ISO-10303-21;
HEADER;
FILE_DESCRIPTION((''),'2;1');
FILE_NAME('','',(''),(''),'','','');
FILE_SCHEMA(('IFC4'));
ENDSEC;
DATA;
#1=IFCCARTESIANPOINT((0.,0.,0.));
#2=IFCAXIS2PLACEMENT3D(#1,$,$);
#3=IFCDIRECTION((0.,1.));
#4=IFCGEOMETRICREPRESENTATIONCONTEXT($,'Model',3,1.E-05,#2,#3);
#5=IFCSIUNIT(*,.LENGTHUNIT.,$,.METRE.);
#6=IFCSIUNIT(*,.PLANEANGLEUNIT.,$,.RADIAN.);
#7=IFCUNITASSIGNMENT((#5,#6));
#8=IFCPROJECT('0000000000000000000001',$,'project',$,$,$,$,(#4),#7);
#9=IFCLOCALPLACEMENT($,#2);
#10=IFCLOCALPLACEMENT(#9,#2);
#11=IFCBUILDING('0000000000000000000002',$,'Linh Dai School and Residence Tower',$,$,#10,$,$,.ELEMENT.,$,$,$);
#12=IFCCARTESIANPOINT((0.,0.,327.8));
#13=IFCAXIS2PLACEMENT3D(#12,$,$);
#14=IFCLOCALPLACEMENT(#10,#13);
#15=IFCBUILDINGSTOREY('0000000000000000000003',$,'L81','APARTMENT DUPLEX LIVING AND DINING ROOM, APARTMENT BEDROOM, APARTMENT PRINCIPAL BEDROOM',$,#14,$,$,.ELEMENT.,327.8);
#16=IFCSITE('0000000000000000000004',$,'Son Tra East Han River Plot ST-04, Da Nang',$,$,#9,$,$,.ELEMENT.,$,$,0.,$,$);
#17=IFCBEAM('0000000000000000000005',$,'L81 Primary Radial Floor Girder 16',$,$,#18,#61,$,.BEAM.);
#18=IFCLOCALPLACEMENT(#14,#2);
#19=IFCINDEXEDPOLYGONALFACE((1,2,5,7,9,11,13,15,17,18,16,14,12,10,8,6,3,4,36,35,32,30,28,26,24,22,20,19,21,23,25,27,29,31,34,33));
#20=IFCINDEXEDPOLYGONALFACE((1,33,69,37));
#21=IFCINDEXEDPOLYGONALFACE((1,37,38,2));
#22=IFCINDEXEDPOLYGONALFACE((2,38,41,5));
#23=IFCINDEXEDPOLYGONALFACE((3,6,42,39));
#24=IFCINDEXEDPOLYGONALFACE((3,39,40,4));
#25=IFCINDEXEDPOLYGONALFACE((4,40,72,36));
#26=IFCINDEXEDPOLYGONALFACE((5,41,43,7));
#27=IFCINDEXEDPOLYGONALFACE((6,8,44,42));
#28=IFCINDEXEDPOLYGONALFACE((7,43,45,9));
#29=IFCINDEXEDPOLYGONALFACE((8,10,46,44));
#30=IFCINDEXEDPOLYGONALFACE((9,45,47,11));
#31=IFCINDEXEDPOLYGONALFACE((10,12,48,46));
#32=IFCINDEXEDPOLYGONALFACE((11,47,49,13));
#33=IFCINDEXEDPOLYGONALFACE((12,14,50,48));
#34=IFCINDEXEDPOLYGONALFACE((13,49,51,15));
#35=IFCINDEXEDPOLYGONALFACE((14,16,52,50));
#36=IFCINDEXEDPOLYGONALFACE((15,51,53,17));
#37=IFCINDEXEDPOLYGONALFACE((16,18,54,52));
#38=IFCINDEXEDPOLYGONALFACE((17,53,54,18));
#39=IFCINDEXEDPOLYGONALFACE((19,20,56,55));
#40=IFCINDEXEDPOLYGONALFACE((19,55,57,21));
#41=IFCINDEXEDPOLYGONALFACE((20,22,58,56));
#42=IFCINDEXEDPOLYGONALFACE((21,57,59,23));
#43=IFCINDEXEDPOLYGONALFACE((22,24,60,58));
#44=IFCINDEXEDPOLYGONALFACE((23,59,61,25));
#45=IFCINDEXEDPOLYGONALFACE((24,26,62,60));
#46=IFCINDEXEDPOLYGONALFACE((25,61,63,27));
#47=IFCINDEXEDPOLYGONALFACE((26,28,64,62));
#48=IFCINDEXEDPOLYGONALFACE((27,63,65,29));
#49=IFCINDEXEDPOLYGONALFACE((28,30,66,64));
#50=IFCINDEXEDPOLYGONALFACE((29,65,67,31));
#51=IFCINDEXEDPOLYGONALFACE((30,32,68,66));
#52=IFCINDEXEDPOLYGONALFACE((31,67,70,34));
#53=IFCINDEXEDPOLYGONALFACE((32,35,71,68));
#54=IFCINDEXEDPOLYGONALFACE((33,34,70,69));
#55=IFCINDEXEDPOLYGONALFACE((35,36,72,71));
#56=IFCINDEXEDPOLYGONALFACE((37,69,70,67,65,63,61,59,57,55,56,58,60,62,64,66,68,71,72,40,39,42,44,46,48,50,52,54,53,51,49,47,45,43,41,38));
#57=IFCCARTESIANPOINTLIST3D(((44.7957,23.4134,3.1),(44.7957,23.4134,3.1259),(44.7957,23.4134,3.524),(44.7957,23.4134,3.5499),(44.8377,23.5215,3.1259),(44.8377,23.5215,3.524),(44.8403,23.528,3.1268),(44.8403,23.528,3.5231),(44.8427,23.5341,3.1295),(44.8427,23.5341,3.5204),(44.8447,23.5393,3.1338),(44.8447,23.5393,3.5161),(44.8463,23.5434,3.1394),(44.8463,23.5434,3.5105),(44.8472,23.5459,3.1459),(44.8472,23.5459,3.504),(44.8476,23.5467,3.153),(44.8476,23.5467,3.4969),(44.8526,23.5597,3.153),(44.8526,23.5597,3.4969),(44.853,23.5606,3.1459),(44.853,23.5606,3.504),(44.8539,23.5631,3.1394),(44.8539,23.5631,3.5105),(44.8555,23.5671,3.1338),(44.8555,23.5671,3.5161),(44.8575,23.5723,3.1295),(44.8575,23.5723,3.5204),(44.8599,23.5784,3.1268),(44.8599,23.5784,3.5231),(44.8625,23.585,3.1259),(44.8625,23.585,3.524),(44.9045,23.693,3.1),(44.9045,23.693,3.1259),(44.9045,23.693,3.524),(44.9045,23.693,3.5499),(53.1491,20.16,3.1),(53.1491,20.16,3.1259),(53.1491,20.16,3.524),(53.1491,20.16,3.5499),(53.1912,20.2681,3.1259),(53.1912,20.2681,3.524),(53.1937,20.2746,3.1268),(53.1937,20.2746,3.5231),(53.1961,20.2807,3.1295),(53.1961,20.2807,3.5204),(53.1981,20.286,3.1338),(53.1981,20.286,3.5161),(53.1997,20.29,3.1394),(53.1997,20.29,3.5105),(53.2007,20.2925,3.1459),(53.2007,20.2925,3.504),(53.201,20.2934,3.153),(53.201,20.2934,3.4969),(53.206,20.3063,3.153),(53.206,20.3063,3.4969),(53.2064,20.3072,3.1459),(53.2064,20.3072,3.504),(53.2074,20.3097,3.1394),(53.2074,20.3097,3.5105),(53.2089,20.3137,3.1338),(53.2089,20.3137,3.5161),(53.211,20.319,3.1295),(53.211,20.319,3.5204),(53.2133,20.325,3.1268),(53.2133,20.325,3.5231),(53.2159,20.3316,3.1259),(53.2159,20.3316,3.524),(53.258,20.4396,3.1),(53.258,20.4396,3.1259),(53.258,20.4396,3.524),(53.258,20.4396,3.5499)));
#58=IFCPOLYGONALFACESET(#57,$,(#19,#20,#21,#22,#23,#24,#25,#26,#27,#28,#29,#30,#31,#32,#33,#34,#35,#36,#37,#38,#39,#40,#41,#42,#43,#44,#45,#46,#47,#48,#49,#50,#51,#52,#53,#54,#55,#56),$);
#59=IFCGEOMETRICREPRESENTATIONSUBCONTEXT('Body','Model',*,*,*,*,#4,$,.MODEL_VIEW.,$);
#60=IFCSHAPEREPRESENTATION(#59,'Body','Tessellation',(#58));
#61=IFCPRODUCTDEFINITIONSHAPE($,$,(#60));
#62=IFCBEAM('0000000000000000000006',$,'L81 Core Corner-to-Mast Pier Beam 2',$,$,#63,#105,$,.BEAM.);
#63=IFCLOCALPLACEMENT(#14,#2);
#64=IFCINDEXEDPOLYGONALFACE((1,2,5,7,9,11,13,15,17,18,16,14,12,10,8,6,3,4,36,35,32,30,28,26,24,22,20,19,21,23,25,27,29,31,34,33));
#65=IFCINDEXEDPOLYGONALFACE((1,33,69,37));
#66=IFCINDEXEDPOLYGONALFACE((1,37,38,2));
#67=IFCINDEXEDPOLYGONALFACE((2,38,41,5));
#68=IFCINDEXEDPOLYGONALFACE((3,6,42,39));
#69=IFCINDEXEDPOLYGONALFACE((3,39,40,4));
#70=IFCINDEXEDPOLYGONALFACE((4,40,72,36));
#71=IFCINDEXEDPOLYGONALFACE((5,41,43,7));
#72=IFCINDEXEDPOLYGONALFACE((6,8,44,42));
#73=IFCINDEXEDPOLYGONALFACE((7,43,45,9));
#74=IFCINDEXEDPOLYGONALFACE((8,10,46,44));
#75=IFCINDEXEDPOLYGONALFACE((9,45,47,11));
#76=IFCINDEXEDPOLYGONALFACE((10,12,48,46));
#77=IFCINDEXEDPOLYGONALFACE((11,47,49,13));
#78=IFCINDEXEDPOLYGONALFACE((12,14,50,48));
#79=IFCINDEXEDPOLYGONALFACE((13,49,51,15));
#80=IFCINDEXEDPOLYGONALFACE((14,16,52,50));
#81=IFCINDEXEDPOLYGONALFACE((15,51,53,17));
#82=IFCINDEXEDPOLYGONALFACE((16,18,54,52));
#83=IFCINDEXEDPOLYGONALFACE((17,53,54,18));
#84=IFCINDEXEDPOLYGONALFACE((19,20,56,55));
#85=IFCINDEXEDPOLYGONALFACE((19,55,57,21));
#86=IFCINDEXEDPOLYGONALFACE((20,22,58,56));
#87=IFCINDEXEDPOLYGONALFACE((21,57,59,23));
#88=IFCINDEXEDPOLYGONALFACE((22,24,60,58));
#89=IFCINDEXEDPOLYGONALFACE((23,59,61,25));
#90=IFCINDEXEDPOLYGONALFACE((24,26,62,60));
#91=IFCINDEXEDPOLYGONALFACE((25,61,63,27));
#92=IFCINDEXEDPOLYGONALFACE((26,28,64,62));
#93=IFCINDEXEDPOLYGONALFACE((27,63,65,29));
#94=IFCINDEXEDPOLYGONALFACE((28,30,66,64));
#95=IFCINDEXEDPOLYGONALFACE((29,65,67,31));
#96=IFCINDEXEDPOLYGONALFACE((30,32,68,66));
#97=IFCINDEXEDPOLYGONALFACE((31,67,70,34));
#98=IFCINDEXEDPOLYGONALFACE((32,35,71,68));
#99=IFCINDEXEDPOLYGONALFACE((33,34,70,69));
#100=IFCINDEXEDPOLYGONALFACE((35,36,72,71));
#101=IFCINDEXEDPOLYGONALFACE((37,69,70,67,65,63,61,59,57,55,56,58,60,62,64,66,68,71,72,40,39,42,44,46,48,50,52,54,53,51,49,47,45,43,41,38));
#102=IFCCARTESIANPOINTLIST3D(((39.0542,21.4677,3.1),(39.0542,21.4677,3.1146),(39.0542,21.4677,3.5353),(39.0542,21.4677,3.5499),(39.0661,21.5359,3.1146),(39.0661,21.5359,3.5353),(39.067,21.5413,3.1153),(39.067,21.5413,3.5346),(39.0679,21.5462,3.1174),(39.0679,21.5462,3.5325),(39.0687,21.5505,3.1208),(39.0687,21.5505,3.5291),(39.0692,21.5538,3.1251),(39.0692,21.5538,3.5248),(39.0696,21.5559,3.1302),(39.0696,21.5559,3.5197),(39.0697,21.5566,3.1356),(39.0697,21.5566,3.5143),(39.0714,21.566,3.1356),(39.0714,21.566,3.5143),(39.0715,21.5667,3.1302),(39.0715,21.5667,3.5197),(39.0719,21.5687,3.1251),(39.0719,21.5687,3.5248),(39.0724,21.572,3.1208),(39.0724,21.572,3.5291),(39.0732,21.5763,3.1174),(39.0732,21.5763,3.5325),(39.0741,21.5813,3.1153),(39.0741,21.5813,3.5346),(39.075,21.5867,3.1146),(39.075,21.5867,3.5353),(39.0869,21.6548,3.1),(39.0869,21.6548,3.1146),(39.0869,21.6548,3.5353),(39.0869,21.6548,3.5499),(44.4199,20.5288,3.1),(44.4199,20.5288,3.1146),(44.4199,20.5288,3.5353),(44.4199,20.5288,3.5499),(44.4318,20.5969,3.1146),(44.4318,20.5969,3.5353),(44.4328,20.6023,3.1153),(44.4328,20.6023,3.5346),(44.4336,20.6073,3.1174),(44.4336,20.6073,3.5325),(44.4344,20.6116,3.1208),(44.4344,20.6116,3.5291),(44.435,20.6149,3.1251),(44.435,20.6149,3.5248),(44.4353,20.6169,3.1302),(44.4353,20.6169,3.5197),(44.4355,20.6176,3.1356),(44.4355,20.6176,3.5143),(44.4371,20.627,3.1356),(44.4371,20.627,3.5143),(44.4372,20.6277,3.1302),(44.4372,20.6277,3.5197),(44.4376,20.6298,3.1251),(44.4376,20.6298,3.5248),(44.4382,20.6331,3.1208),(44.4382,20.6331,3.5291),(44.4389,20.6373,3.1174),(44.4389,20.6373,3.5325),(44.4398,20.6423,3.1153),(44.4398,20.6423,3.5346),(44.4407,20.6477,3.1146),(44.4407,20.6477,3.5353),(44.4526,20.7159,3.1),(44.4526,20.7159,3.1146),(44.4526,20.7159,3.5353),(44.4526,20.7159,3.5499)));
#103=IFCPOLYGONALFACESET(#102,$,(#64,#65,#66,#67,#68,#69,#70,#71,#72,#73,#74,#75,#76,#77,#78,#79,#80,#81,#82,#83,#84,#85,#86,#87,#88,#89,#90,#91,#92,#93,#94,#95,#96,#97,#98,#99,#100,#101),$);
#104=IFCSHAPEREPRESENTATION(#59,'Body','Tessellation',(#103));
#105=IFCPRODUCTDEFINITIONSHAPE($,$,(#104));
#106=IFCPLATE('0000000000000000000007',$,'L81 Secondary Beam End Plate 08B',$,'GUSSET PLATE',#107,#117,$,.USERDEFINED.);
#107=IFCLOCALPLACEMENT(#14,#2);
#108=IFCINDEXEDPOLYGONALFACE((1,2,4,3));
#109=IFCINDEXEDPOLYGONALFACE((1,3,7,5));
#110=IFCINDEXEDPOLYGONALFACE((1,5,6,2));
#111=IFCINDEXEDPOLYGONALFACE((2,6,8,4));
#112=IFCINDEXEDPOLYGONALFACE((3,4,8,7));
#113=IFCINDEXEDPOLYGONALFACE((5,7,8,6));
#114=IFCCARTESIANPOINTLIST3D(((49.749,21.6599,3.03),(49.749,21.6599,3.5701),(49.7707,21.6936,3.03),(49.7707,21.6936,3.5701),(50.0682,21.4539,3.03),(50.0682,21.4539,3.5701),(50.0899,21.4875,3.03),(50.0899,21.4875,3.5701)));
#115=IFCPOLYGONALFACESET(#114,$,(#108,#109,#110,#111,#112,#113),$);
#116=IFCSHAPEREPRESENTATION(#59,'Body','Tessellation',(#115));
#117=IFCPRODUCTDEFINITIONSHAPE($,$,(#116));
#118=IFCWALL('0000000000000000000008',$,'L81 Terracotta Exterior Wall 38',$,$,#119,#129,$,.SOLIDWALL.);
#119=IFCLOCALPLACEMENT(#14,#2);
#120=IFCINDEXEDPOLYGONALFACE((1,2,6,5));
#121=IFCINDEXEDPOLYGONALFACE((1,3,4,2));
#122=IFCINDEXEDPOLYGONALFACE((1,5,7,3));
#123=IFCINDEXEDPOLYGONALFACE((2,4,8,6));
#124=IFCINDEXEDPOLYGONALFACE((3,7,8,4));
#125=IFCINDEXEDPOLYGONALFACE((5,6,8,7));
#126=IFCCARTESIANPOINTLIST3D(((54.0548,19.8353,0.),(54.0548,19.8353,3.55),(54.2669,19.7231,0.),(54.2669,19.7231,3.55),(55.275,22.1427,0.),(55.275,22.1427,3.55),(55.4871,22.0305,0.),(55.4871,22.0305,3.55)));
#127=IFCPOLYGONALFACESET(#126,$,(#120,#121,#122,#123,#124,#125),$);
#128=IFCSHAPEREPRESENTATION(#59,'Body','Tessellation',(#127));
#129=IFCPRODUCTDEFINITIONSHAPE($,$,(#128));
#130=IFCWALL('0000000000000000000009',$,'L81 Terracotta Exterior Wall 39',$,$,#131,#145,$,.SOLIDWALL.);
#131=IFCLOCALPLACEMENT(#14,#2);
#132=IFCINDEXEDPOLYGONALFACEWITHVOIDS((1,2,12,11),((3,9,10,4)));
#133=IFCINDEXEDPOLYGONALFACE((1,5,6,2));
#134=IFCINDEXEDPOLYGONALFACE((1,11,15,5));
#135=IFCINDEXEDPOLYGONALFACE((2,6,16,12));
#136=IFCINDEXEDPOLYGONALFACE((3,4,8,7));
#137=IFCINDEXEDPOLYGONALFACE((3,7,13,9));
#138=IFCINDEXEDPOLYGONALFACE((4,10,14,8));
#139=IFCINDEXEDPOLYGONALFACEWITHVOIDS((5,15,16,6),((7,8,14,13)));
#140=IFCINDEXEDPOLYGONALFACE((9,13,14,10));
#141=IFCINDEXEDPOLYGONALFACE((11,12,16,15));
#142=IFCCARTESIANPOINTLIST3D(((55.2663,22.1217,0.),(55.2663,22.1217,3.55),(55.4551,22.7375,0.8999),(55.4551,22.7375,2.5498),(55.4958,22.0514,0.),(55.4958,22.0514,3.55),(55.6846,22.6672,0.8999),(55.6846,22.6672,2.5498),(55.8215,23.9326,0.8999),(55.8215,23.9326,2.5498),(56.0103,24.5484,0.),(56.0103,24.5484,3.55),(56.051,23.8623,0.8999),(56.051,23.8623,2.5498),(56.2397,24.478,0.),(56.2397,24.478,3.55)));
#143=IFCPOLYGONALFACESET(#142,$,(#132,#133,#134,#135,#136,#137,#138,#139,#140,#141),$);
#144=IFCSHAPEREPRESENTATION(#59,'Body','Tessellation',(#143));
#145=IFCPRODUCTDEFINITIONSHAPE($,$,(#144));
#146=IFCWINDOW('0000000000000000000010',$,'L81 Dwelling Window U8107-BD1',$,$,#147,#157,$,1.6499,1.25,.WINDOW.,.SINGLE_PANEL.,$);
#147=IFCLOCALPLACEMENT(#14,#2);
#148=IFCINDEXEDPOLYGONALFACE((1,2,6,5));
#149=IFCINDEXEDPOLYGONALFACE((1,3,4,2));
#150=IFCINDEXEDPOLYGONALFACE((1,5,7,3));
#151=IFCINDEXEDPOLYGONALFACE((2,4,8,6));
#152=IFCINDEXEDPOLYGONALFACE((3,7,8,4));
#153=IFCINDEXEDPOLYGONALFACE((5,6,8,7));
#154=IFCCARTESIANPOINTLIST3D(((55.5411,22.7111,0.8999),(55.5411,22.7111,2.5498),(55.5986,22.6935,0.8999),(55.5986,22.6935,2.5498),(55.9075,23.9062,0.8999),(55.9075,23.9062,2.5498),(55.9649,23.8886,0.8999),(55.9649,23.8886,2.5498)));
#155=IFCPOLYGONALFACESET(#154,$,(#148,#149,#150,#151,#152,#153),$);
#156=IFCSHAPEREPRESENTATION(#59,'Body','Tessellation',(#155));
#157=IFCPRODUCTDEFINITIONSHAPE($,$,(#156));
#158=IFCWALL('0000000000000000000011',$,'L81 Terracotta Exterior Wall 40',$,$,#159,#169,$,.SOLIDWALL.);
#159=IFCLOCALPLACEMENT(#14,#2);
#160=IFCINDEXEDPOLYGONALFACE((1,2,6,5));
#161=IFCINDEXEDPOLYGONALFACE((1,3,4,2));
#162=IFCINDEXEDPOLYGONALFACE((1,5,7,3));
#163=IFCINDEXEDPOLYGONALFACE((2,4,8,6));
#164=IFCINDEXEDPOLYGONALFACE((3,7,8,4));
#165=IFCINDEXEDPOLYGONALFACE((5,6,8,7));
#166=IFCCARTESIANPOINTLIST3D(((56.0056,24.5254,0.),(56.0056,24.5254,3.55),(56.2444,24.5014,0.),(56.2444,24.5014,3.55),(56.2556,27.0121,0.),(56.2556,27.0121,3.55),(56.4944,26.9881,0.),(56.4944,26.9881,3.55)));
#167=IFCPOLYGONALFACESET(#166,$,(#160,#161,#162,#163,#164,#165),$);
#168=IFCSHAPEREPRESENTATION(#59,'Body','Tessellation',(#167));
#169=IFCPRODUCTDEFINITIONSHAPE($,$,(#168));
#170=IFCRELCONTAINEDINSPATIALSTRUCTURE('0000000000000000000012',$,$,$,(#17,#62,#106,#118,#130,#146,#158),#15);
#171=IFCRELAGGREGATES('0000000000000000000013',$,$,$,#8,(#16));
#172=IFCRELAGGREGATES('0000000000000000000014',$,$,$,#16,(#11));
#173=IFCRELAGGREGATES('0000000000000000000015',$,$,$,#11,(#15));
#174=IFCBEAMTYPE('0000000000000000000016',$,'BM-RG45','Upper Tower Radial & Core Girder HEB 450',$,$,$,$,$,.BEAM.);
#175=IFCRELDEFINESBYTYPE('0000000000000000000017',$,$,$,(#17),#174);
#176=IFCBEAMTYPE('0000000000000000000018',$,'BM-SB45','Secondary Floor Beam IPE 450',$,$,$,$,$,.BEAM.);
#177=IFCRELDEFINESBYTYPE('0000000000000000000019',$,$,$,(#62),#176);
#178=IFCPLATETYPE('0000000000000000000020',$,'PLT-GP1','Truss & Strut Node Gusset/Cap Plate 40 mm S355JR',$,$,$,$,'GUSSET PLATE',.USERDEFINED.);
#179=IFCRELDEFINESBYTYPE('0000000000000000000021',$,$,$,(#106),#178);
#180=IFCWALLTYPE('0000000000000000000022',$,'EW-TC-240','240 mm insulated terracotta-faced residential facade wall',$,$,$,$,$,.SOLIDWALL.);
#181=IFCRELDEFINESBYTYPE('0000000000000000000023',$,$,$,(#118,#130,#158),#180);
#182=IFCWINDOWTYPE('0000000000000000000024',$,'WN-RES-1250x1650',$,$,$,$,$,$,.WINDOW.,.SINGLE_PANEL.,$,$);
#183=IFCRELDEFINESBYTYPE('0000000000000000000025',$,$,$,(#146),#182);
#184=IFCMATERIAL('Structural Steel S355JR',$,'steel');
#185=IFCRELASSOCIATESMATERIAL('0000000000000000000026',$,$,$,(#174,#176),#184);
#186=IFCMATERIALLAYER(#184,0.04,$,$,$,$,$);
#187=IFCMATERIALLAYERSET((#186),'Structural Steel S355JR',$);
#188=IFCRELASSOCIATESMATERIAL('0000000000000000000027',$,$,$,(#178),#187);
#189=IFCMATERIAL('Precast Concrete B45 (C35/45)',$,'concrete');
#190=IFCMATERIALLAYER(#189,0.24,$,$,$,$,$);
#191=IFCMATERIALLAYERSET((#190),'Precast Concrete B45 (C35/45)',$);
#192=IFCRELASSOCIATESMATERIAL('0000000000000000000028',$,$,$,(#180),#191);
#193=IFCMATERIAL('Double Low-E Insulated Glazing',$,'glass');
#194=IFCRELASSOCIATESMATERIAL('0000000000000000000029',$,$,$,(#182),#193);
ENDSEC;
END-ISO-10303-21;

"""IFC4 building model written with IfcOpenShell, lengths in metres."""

from ifc_helpers import new_model, si_unit, direction, frame, frame_2d, origin, origin_2d, place, context, subcontext, project, spatial, rectangle, i_section, extrude, source, transform, mapped, material, layer, layer_set, material_profile, profile_set, type_object, element, fill, save


model = new_model("IFC4")

# Units and contexts
model_context = context("Model", 3, precision=1e-05, world=origin(), true_north=direction((0.0, 1.0)))
body_context = subcontext(model_context, "Body", "Model", "MODEL_VIEW")
ifc_project = project(units=[si_unit("LENGTHUNIT", "METRE"), si_unit("PLANEANGLEUNIT", "RADIAN")], contexts=[model_context])

# Site, building, storey
site_placement = place(None, origin())
site = spatial("IfcSite", under=ifc_project, at=site_placement, Name="Son Tra East Han River Plot ST-04, Da Nang", CompositionType="ELEMENT", RefElevation=0.0)
building_placement = place(site_placement, origin())
building = spatial("IfcBuilding", under=site, at=building_placement, Name="Linh Dai School and Residence Tower", CompositionType="ELEMENT")
storey_placement = place(building_placement, frame((0.0, 0.0, 327.8)))
storey = spatial("IfcBuildingStorey", under=building, at=storey_placement, Name="L81", Description="APARTMENT DUPLEX LIVING AND DINING ROOM, APARTMENT BEDROOM, APARTMENT PRINCIPAL BEDROOM", CompositionType="ELEMENT", Elevation=327.8)

# Shared definitions
ifc_material_1 = material(Name="Structural Steel S355JR", Category="steel")

# Beams
ifc_material_profile_1 = material_profile(ifc_material_1, i_section(OverallWidth=0.3, OverallDepth=0.45, WebThickness=0.0139, FlangeThickness=0.0259, FilletRadius=0.0271, at=origin_2d()), Name="HEB 450")
ifc_profile_set_1 = profile_set([ifc_material_profile_1], Name="Structural Steel S355JR")
beam_type_1 = type_object("IfcBeamType", Name="BM-RG45", Description="Upper Tower Radial & Core Girder HEB 450", PredefinedType="BEAM", material=ifc_profile_set_1)
beam_1_placement = place(storey_placement, frame((44.8501, 23.5532, 3.325), z_axis=(0.931823, -0.362914, 0.0), x_axis=(0.362914, 0.931823, 0.0)))
element("IfcBeam", 1, at=beam_1_placement, inside=storey, type_object=beam_type_1, Name="L81 Primary Radial Floor Girder 16", PredefinedType="BEAM", context=body_context, shape_type="SweptSolid", body=[
    extrude(i_section(OverallWidth=0.3, OverallDepth=0.45, WebThickness=0.0139, FlangeThickness=0.0259, FilletRadius=0.0271, at=origin_2d()), origin(), (0.0, 0.0, 1.0), 8.9646),
])
ifc_material_profile_2 = material_profile(ifc_material_1, i_section(OverallWidth=0.1899, OverallDepth=0.45, WebThickness=0.0095, FlangeThickness=0.0146, FilletRadius=0.021, at=origin_2d()), Name="IPE 450")
ifc_profile_set_2 = profile_set([ifc_material_profile_2], Name="Structural Steel S355JR")
beam_type_2 = type_object("IfcBeamType", Name="BM-SB45", Description="Secondary Floor Beam IPE 450", PredefinedType="BEAM", material=ifc_profile_set_2)
beam_2_placement = place(storey_placement, frame((44.4363, 20.6223, 3.325), z_axis=(-0.985032, 0.172374, 0.0), x_axis=(-0.172374, -0.985032, 0.0)))
element("IfcBeam", 2, at=beam_2_placement, inside=storey, type_object=beam_type_2, Name="L81 Core Corner-to-Mast Pier Beam 2", PredefinedType="BEAM", context=body_context, shape_type="SweptSolid", body=[
    extrude(i_section(OverallWidth=0.1899, OverallDepth=0.45, WebThickness=0.0095, FlangeThickness=0.0146, FilletRadius=0.021, at=origin_2d()), origin(), (0.0, 0.0, 1.0), 5.4473),
])

# Plate
ifc_layer_1 = layer(ifc_material_1, 0.04)
ifc_layer_set_1 = layer_set([ifc_layer_1], Name="Structural Steel S355JR")
plate_type = type_object("IfcPlateType", Name="PLT-GP1", Description="Truss & Strut Node Gusset/Cap Plate 40 mm S355JR", ElementType="GUSSET PLATE", PredefinedType="USERDEFINED", material=ifc_layer_set_1)
shared_shape_1 = source(origin(), body_context, "Body", "SweptSolid", [
    extrude(rectangle(XDim=0.04, YDim=0.3799, at=origin_2d()), origin(), (0.0, 0.0, 1.0), 0.54),
])
plate_placement = place(storey_placement, frame((49.9194, 21.5737, 3.03), z_axis=(0.0, 0.0, 1.0), x_axis=(0.542322, 0.840171, 0.0)))
element("IfcPlate", 3, at=plate_placement, inside=storey, type_object=plate_type, Name="L81 Secondary Beam End Plate 08B", ObjectType="GUSSET PLATE", PredefinedType="USERDEFINED", context=body_context, shape_type="MappedRepresentation", body=[
    mapped(shared_shape_1, transform((0.0, 0.0, 0.0), x_axis=(1.0, 0.0, 0.0), y_axis=(0.0, 1.0, 0.0), z_axis=(0.0, 0.0, 1.0), scale=1.0)),
])

# Wall
ifc_material_2 = material(Name="Precast Concrete B45 (C35/45)", Category="concrete")
ifc_layer_2 = layer(ifc_material_2, 0.24)
ifc_layer_set_2 = layer_set([ifc_layer_2], Name="Precast Concrete B45 (C35/45)")
wall_type_1 = type_object("IfcWallType", Name="EW-TC-240", Description="240 mm insulated terracotta-faced residential facade wall", PredefinedType="SOLIDWALL", material=ifc_layer_set_2)
wall_1_placement = place(storey_placement, frame((55.3811, 22.0867, 0.0), z_axis=(0.0, 0.0, 1.0), x_axis=(-0.467488, -0.883999, 0.0)))
element("IfcWall", 4, at=wall_1_placement, inside=storey, type_object=wall_type_1, Name="L81 Terracotta Exterior Wall 38", PredefinedType="SOLIDWALL", context=body_context, shape_type="SweptSolid", body=[
    extrude(rectangle(XDim=2.6101, YDim=0.24, at=frame_2d((1.3052, 0.0))), origin(), (0.0, 0.0, 1.0), 3.55),
])

# Wall, opening, window
wall_2_placement = place(storey_placement, frame((56.125, 24.5132, 0.0), z_axis=(0.0, 0.0, 1.0), x_axis=(-0.293106, -0.95608, 0.0)))
wall_2 = element("IfcWall", 5, at=wall_2_placement, inside=storey, type_object=wall_type_1, Name="L81 Terracotta Exterior Wall 39", PredefinedType="SOLIDWALL", context=body_context, shape_type="SweptSolid", body=[
    extrude(rectangle(XDim=2.5381, YDim=0.24, at=frame_2d((1.269, 0.0))), origin(), (0.0, 0.0, 1.0), 3.55),
])
opening_1_placement = place(wall_2_placement, frame((0.644, 0.0, 0.8999)))
opening_1 = element("IfcOpeningElement", 6, at=opening_1_placement, cuts=wall_2, PredefinedType="OPENING", context=body_context, shape_type="SweptSolid", body=[
    extrude(rectangle(XDim=1.25, YDim=1.6499, at=origin_2d()), frame((0.625, 0.1299, 0.825), z_axis=(0.0, -1.0, 0.0), x_axis=(1.0, 0.0, 0.0)), (0.0, 0.0, 1.0), 0.26),
])
ifc_material_3 = material(Name="Double Low-E Insulated Glazing", Category="glass")
window_type = type_object("IfcWindowType", Name="WN-RES-1250x1650", PartitioningType="SINGLE_PANEL", PredefinedType="WINDOW", material=ifc_material_3)
shared_shape_2 = source(origin(), body_context, "Body", "SweptSolid", [
    extrude(rectangle(XDim=1.25, YDim=1.6499, at=origin_2d()), frame((0.625, 0.03, 0.825), z_axis=(0.0, -1.0, 0.0), x_axis=(1.0, 0.0, 0.0)), (0.0, 0.0, 1.0), 0.0601),
])
window_placement = place(opening_1_placement, origin())
window = element("IfcWindow", 7, at=window_placement, inside=storey, type_object=window_type, Name="L81 Dwelling Window U8107-BD1", OverallHeight=1.6499, OverallWidth=1.25, PartitioningType="SINGLE_PANEL", PredefinedType="WINDOW", context=body_context, shape_type="MappedRepresentation", body=[
    mapped(shared_shape_2, transform((0.0, 0.0, 0.0), x_axis=(1.0, 0.0, 0.0), y_axis=(0.0, 1.0, 0.0), z_axis=(0.0, 0.0, 1.0), scale=1.0)),
])
fill(opening_1, window)

# Wall
wall_3_placement = place(storey_placement, frame((56.375, 27.0, 0.0), z_axis=(0.0, 0.0, 1.0), x_axis=(-0.100026, -0.994985, 0.0)))
element("IfcWall", 8, at=wall_3_placement, inside=storey, type_object=wall_type_1, Name="L81 Terracotta Exterior Wall 40", PredefinedType="SOLIDWALL", context=body_context, shape_type="SweptSolid", body=[
    extrude(rectangle(XDim=2.4993, YDim=0.24, at=frame_2d((1.2495, 0.0))), origin(), (0.0, 0.0, 1.0), 3.55),
])

save(model, "model.ifc")
